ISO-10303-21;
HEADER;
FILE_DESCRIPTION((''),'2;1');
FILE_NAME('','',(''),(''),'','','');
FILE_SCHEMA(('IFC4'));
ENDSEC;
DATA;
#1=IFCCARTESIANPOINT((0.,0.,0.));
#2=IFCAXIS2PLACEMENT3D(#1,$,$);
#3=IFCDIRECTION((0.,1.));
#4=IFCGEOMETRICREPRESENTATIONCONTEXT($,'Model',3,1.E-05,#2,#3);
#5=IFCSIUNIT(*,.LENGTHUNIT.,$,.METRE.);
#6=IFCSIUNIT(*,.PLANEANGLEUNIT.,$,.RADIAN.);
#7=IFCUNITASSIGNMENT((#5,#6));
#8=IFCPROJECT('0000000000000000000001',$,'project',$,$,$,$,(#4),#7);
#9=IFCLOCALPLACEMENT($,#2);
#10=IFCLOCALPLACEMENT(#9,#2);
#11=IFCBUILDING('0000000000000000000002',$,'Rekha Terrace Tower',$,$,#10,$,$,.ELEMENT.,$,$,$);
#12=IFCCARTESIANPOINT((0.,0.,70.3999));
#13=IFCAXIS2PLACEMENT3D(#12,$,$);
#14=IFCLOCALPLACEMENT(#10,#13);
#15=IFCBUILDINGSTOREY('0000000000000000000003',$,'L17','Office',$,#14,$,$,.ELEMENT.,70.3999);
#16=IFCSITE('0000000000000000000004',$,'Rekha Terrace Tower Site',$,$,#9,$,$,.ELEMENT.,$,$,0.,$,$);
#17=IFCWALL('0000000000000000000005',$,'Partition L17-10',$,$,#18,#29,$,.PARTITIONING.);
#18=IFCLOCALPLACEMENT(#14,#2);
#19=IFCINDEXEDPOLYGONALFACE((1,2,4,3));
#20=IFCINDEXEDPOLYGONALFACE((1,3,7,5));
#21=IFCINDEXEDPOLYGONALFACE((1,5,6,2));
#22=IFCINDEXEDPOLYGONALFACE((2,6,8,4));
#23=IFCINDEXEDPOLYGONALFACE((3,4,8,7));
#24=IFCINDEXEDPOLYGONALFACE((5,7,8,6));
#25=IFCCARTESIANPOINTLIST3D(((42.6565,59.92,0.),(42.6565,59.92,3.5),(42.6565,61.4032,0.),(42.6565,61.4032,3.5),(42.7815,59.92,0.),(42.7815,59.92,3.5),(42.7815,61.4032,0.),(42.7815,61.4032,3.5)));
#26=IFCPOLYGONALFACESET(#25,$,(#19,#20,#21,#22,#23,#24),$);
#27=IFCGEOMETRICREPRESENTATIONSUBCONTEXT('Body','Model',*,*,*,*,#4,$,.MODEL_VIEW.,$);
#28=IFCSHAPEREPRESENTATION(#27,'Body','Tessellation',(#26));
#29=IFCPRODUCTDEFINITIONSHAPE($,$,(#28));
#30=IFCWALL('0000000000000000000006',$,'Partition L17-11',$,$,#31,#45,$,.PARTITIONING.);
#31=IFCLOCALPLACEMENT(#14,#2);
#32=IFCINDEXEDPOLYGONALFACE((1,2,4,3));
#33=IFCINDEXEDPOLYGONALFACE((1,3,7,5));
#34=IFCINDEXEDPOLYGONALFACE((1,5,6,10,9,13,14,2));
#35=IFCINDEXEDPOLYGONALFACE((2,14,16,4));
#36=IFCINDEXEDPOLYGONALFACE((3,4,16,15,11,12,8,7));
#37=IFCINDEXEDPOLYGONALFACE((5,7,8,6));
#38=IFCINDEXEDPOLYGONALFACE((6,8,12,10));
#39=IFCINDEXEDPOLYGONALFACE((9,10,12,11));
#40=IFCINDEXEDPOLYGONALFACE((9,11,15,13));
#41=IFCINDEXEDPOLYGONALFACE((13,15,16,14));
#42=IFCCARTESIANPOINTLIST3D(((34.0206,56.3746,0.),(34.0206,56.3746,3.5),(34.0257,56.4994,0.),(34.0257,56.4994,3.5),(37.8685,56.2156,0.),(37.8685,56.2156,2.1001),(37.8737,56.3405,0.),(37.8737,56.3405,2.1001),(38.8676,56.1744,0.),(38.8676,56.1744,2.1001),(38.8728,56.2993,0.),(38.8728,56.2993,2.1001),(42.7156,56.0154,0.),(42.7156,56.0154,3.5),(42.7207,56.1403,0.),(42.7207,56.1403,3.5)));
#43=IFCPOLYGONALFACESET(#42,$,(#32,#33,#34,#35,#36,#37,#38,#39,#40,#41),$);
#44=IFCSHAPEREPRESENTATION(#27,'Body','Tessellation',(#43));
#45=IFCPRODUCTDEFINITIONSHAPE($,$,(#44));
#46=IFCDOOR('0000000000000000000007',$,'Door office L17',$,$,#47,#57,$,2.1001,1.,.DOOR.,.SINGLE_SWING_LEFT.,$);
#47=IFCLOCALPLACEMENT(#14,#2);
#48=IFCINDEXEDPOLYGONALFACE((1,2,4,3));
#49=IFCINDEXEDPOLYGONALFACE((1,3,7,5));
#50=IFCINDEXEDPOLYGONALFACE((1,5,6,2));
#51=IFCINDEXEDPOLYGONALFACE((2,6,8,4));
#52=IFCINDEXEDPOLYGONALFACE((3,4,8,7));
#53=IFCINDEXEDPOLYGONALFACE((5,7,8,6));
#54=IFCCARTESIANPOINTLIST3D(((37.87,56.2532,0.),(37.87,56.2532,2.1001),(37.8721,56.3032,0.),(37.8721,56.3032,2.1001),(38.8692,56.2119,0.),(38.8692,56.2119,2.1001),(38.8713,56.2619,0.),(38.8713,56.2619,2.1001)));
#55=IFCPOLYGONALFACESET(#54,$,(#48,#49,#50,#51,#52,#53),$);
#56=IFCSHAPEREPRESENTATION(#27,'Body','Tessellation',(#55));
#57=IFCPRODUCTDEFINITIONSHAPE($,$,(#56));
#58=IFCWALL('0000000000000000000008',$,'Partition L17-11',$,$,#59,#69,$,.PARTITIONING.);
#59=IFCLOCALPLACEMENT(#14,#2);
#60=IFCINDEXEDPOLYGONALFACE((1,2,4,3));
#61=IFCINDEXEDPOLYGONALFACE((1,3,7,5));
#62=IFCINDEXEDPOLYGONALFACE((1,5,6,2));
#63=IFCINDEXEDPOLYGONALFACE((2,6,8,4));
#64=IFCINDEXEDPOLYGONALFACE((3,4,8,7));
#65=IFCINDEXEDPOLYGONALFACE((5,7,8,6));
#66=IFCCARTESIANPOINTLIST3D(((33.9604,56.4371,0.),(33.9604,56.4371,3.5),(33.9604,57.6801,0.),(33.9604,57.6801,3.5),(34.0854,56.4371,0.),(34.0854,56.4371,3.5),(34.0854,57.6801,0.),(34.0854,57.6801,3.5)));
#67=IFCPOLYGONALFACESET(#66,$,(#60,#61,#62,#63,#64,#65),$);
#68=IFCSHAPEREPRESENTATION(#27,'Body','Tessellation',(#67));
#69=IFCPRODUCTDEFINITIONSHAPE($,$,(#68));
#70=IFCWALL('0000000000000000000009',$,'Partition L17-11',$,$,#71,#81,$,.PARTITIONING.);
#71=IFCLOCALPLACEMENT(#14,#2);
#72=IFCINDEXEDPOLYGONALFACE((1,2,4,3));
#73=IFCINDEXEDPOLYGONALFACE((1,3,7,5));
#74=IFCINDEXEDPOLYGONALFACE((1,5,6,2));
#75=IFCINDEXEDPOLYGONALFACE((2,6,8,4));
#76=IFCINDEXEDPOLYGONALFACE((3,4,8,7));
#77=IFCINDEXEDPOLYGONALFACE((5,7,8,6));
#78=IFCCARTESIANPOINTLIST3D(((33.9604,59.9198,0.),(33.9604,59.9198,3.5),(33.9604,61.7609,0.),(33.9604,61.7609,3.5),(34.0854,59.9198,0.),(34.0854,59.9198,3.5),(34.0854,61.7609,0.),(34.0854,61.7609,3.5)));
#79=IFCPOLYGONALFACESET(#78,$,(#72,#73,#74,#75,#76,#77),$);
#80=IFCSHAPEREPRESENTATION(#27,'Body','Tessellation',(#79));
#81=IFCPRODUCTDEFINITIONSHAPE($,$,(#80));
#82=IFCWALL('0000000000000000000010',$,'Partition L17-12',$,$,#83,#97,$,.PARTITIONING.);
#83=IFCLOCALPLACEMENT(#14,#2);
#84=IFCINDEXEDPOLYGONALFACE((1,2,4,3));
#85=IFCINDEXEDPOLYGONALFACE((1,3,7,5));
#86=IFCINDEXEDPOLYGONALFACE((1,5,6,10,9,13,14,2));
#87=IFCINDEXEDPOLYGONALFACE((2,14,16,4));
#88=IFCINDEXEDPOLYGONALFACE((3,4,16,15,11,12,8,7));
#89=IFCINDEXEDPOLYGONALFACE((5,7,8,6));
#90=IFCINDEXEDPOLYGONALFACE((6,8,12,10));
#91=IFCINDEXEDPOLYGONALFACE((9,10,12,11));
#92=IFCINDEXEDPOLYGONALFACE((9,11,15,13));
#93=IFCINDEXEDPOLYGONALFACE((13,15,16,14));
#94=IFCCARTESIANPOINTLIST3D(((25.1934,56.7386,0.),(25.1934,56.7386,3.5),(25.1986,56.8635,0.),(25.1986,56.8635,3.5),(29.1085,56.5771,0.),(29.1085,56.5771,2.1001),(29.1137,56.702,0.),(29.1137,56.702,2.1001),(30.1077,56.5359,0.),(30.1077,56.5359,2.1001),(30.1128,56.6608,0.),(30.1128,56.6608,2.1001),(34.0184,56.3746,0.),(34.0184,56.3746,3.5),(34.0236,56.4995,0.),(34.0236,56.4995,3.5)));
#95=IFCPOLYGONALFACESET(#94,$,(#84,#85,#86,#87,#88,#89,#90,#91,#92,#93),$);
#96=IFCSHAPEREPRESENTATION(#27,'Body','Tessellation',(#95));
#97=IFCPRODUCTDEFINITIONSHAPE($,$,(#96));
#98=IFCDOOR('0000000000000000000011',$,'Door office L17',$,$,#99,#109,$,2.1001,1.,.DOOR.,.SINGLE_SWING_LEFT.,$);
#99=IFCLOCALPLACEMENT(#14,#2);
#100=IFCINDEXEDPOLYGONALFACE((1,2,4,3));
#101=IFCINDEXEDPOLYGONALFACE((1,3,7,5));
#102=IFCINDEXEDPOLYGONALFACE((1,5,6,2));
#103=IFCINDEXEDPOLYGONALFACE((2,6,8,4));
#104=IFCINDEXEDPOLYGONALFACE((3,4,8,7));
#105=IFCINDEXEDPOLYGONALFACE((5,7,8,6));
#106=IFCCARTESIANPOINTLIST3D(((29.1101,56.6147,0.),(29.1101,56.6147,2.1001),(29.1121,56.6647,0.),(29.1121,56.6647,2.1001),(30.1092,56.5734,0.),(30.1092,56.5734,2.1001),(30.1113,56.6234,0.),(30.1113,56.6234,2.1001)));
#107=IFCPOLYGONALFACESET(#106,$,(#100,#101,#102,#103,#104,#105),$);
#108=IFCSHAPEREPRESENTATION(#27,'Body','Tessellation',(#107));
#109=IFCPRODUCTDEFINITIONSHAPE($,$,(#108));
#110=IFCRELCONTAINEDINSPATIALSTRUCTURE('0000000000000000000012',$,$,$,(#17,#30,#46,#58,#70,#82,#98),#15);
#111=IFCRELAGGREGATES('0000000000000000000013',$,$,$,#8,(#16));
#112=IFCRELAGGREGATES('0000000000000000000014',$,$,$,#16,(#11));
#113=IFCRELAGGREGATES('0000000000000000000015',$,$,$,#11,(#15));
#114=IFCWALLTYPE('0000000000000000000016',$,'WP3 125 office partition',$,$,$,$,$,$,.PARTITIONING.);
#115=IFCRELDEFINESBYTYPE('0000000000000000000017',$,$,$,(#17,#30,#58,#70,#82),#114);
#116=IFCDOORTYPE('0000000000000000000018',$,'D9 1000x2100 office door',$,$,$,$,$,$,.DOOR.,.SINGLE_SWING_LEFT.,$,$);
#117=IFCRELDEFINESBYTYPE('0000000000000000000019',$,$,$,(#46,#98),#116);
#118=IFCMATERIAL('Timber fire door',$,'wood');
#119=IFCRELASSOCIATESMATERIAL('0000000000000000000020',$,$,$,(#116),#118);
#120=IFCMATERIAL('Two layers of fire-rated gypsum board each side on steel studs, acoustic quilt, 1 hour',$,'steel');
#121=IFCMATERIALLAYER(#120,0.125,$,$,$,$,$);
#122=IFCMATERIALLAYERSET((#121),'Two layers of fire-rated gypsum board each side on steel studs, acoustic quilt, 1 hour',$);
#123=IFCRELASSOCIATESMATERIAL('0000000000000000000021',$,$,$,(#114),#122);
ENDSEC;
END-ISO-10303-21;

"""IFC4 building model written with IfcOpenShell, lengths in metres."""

from ifc_helpers import new_model, si_unit, direction, frame, frame_2d, origin, place, context, subcontext, project, spatial, rectangle, extrude, material, layer, layer_set, type_object, element, fill, save


model = new_model("IFC4")

# Units and contexts
model_context = context("Model", 3, precision=1e-05, world=origin(), true_north=direction((0.0, 1.0)))
body_context = subcontext(model_context, "Body", "Model", "MODEL_VIEW")
ifc_project = project(units=[si_unit("LENGTHUNIT", "METRE"), si_unit("PLANEANGLEUNIT", "RADIAN")], contexts=[model_context])

# Site, building, storey
site_placement = place(None, origin())
site = spatial("IfcSite", under=ifc_project, at=site_placement, Name="Rekha Terrace Tower Site", CompositionType="ELEMENT", RefElevation=0.0)
building_placement = place(site_placement, origin())
building = spatial("IfcBuilding", under=site, at=building_placement, Name="Rekha Terrace Tower", CompositionType="ELEMENT")
storey_placement = place(building_placement, frame((0.0, 0.0, 70.3999)))
storey = spatial("IfcBuildingStorey", under=building, at=storey_placement, Name="L17", Description="Office", CompositionType="ELEMENT", Elevation=70.3999)

# Shared definitions
ifc_material_1 = material(Name="Timber fire door", Category="wood")
door_type_1 = type_object("IfcDoorType", Name="D9 1000x2100 office door", OperationType="SINGLE_SWING_LEFT", PredefinedType="DOOR", material=ifc_material_1)

# Wall
ifc_material_2 = material(Name="Two layers of fire-rated gypsum board each side on steel studs, acoustic quilt, 1 hour", Category="steel")
ifc_layer_1 = layer(ifc_material_2, 0.125)
ifc_layer_set_1 = layer_set([ifc_layer_1], Name="Two layers of fire-rated gypsum board each side on steel studs, acoustic quilt, 1 hour")
wall_type_1 = type_object("IfcWallType", Name="WP3 125 office partition", PredefinedType="PARTITIONING", material=ifc_layer_set_1)
wall_1_placement = place(storey_placement, frame((42.719, 59.9199, 0.0), z_axis=(0.0, 0.0, 1.0), x_axis=(0.0, 1.0, 0.0)))
element("IfcWall", 1, at=wall_1_placement, inside=storey, type_object=wall_type_1, Name="Partition L17-10", PredefinedType="PARTITIONING", context=body_context, shape_type="SweptSolid", body=[
    extrude(rectangle(XDim=1.4832, YDim=0.125, at=frame_2d((0.7417, 0.0))), origin(), (0.0, 0.0, 1.0), 3.5),
])

# Wall, opening, door
wall_2_placement = place(storey_placement, frame((42.718, 56.0779, 0.0), z_axis=(0.0, 0.0, 1.0), x_axis=(-0.999148, 0.041268, 0.0)))
wall_2 = element("IfcWall", 2, at=wall_2_placement, inside=storey, type_object=wall_type_1, Name="Partition L17-11", PredefinedType="PARTITIONING", context=body_context, shape_type="SweptSolid", body=[
    extrude(rectangle(XDim=8.7024, YDim=0.125, at=frame_2d((4.3511, 0.0))), origin(), (0.0, 0.0, 1.0), 3.5),
])
opening_1_placement = place(wall_2_placement, frame((3.8511, 0.0, 0.0)))
opening_1 = element("IfcOpeningElement", 3, at=opening_1_placement, cuts=wall_2, PredefinedType="OPENING", context=body_context, shape_type="SweptSolid", body=[
    extrude(rectangle(XDim=1.0, YDim=2.1001, at=frame_2d((0.5, 1.05))), frame((0.0, 0.0725, 0.0), z_axis=(0.0, -1.0, 0.0), x_axis=(1.0, 0.0, 0.0)), (0.0, 0.0, 1.0), 0.145),
])
door_1_placement = place(opening_1_placement, origin())
door_1 = element("IfcDoor", 4, at=door_1_placement, inside=storey, type_object=door_type_1, Name="Door office L17", OperationType="SINGLE_SWING_LEFT", OverallHeight=2.1001, OverallWidth=1.0, PredefinedType="DOOR", context=body_context, shape_type="SweptSolid", body=[
    extrude(rectangle(XDim=1.0, YDim=2.1001, at=frame_2d((0.5, 1.05))), frame((0.0, 0.0249, 0.0), z_axis=(0.0, -1.0, 0.0), x_axis=(1.0, 0.0, 0.0)), (0.0, 0.0, 1.0), 0.05),
])
fill(opening_1, door_1)

# Walls
wall_3_placement = place(storey_placement, frame((34.0229, 56.437, 0.0), z_axis=(0.0, 0.0, 1.0), x_axis=(0.0, 1.0, 0.0)))
element("IfcWall", 5, at=wall_3_placement, inside=storey, type_object=wall_type_1, Name="Partition L17-11", PredefinedType="PARTITIONING", context=body_context, shape_type="SweptSolid", body=[
    extrude(rectangle(XDim=1.2429, YDim=0.125, at=frame_2d((0.6216, 0.0))), origin(), (0.0, 0.0, 1.0), 3.5),
])
wall_4_placement = place(storey_placement, frame((34.0229, 59.9199, 0.0), z_axis=(0.0, 0.0, 1.0), x_axis=(0.0, 1.0, 0.0)))
element("IfcWall", 6, at=wall_4_placement, inside=storey, type_object=wall_type_1, Name="Partition L17-11", PredefinedType="PARTITIONING", context=body_context, shape_type="SweptSolid", body=[
    extrude(rectangle(XDim=1.8411, YDim=0.125, at=frame_2d((0.9204, 0.0))), origin(), (0.0, 0.0, 1.0), 3.5),
])

# Wall, opening, door
wall_5_placement = place(storey_placement, frame((34.021, 56.437, 0.0), z_axis=(0.0, 0.0, 1.0), x_axis=(-0.99915, 0.041213, 0.0)))
wall_5 = element("IfcWall", 7, at=wall_5_placement, inside=storey, type_object=wall_type_1, Name="Partition L17-12", PredefinedType="PARTITIONING", context=body_context, shape_type="SweptSolid", body=[
    extrude(rectangle(XDim=8.8325, YDim=0.125, at=frame_2d((4.4163, 0.0))), origin(), (0.0, 0.0, 1.0), 3.5),
])
opening_2_placement = place(wall_5_placement, frame((3.9141, 0.0, 0.0)))
opening_2 = element("IfcOpeningElement", 8, at=opening_2_placement, cuts=wall_5, PredefinedType="OPENING", context=body_context, shape_type="SweptSolid", body=[
    extrude(rectangle(XDim=1.0, YDim=2.1001, at=frame_2d((0.5, 1.05))), frame((0.0, 0.0725, 0.0), z_axis=(0.0, -1.0, 0.0), x_axis=(1.0, 0.0, 0.0)), (0.0, 0.0, 1.0), 0.145),
])
door_2_placement = place(opening_2_placement, origin())
door_2 = element("IfcDoor", 9, at=door_2_placement, inside=storey, type_object=door_type_1, Name="Door office L17", OperationType="SINGLE_SWING_LEFT", OverallHeight=2.1001, OverallWidth=1.0, PredefinedType="DOOR", context=body_context, shape_type="SweptSolid", body=[
    extrude(rectangle(XDim=1.0, YDim=2.1001, at=frame_2d((0.5, 1.05))), frame((0.0, 0.0249, 0.0), z_axis=(0.0, -1.0, 0.0), x_axis=(1.0, 0.0, 0.0)), (0.0, 0.0, 1.0), 0.05),
])
fill(opening_2, door_2)

save(model, "model.ifc")
